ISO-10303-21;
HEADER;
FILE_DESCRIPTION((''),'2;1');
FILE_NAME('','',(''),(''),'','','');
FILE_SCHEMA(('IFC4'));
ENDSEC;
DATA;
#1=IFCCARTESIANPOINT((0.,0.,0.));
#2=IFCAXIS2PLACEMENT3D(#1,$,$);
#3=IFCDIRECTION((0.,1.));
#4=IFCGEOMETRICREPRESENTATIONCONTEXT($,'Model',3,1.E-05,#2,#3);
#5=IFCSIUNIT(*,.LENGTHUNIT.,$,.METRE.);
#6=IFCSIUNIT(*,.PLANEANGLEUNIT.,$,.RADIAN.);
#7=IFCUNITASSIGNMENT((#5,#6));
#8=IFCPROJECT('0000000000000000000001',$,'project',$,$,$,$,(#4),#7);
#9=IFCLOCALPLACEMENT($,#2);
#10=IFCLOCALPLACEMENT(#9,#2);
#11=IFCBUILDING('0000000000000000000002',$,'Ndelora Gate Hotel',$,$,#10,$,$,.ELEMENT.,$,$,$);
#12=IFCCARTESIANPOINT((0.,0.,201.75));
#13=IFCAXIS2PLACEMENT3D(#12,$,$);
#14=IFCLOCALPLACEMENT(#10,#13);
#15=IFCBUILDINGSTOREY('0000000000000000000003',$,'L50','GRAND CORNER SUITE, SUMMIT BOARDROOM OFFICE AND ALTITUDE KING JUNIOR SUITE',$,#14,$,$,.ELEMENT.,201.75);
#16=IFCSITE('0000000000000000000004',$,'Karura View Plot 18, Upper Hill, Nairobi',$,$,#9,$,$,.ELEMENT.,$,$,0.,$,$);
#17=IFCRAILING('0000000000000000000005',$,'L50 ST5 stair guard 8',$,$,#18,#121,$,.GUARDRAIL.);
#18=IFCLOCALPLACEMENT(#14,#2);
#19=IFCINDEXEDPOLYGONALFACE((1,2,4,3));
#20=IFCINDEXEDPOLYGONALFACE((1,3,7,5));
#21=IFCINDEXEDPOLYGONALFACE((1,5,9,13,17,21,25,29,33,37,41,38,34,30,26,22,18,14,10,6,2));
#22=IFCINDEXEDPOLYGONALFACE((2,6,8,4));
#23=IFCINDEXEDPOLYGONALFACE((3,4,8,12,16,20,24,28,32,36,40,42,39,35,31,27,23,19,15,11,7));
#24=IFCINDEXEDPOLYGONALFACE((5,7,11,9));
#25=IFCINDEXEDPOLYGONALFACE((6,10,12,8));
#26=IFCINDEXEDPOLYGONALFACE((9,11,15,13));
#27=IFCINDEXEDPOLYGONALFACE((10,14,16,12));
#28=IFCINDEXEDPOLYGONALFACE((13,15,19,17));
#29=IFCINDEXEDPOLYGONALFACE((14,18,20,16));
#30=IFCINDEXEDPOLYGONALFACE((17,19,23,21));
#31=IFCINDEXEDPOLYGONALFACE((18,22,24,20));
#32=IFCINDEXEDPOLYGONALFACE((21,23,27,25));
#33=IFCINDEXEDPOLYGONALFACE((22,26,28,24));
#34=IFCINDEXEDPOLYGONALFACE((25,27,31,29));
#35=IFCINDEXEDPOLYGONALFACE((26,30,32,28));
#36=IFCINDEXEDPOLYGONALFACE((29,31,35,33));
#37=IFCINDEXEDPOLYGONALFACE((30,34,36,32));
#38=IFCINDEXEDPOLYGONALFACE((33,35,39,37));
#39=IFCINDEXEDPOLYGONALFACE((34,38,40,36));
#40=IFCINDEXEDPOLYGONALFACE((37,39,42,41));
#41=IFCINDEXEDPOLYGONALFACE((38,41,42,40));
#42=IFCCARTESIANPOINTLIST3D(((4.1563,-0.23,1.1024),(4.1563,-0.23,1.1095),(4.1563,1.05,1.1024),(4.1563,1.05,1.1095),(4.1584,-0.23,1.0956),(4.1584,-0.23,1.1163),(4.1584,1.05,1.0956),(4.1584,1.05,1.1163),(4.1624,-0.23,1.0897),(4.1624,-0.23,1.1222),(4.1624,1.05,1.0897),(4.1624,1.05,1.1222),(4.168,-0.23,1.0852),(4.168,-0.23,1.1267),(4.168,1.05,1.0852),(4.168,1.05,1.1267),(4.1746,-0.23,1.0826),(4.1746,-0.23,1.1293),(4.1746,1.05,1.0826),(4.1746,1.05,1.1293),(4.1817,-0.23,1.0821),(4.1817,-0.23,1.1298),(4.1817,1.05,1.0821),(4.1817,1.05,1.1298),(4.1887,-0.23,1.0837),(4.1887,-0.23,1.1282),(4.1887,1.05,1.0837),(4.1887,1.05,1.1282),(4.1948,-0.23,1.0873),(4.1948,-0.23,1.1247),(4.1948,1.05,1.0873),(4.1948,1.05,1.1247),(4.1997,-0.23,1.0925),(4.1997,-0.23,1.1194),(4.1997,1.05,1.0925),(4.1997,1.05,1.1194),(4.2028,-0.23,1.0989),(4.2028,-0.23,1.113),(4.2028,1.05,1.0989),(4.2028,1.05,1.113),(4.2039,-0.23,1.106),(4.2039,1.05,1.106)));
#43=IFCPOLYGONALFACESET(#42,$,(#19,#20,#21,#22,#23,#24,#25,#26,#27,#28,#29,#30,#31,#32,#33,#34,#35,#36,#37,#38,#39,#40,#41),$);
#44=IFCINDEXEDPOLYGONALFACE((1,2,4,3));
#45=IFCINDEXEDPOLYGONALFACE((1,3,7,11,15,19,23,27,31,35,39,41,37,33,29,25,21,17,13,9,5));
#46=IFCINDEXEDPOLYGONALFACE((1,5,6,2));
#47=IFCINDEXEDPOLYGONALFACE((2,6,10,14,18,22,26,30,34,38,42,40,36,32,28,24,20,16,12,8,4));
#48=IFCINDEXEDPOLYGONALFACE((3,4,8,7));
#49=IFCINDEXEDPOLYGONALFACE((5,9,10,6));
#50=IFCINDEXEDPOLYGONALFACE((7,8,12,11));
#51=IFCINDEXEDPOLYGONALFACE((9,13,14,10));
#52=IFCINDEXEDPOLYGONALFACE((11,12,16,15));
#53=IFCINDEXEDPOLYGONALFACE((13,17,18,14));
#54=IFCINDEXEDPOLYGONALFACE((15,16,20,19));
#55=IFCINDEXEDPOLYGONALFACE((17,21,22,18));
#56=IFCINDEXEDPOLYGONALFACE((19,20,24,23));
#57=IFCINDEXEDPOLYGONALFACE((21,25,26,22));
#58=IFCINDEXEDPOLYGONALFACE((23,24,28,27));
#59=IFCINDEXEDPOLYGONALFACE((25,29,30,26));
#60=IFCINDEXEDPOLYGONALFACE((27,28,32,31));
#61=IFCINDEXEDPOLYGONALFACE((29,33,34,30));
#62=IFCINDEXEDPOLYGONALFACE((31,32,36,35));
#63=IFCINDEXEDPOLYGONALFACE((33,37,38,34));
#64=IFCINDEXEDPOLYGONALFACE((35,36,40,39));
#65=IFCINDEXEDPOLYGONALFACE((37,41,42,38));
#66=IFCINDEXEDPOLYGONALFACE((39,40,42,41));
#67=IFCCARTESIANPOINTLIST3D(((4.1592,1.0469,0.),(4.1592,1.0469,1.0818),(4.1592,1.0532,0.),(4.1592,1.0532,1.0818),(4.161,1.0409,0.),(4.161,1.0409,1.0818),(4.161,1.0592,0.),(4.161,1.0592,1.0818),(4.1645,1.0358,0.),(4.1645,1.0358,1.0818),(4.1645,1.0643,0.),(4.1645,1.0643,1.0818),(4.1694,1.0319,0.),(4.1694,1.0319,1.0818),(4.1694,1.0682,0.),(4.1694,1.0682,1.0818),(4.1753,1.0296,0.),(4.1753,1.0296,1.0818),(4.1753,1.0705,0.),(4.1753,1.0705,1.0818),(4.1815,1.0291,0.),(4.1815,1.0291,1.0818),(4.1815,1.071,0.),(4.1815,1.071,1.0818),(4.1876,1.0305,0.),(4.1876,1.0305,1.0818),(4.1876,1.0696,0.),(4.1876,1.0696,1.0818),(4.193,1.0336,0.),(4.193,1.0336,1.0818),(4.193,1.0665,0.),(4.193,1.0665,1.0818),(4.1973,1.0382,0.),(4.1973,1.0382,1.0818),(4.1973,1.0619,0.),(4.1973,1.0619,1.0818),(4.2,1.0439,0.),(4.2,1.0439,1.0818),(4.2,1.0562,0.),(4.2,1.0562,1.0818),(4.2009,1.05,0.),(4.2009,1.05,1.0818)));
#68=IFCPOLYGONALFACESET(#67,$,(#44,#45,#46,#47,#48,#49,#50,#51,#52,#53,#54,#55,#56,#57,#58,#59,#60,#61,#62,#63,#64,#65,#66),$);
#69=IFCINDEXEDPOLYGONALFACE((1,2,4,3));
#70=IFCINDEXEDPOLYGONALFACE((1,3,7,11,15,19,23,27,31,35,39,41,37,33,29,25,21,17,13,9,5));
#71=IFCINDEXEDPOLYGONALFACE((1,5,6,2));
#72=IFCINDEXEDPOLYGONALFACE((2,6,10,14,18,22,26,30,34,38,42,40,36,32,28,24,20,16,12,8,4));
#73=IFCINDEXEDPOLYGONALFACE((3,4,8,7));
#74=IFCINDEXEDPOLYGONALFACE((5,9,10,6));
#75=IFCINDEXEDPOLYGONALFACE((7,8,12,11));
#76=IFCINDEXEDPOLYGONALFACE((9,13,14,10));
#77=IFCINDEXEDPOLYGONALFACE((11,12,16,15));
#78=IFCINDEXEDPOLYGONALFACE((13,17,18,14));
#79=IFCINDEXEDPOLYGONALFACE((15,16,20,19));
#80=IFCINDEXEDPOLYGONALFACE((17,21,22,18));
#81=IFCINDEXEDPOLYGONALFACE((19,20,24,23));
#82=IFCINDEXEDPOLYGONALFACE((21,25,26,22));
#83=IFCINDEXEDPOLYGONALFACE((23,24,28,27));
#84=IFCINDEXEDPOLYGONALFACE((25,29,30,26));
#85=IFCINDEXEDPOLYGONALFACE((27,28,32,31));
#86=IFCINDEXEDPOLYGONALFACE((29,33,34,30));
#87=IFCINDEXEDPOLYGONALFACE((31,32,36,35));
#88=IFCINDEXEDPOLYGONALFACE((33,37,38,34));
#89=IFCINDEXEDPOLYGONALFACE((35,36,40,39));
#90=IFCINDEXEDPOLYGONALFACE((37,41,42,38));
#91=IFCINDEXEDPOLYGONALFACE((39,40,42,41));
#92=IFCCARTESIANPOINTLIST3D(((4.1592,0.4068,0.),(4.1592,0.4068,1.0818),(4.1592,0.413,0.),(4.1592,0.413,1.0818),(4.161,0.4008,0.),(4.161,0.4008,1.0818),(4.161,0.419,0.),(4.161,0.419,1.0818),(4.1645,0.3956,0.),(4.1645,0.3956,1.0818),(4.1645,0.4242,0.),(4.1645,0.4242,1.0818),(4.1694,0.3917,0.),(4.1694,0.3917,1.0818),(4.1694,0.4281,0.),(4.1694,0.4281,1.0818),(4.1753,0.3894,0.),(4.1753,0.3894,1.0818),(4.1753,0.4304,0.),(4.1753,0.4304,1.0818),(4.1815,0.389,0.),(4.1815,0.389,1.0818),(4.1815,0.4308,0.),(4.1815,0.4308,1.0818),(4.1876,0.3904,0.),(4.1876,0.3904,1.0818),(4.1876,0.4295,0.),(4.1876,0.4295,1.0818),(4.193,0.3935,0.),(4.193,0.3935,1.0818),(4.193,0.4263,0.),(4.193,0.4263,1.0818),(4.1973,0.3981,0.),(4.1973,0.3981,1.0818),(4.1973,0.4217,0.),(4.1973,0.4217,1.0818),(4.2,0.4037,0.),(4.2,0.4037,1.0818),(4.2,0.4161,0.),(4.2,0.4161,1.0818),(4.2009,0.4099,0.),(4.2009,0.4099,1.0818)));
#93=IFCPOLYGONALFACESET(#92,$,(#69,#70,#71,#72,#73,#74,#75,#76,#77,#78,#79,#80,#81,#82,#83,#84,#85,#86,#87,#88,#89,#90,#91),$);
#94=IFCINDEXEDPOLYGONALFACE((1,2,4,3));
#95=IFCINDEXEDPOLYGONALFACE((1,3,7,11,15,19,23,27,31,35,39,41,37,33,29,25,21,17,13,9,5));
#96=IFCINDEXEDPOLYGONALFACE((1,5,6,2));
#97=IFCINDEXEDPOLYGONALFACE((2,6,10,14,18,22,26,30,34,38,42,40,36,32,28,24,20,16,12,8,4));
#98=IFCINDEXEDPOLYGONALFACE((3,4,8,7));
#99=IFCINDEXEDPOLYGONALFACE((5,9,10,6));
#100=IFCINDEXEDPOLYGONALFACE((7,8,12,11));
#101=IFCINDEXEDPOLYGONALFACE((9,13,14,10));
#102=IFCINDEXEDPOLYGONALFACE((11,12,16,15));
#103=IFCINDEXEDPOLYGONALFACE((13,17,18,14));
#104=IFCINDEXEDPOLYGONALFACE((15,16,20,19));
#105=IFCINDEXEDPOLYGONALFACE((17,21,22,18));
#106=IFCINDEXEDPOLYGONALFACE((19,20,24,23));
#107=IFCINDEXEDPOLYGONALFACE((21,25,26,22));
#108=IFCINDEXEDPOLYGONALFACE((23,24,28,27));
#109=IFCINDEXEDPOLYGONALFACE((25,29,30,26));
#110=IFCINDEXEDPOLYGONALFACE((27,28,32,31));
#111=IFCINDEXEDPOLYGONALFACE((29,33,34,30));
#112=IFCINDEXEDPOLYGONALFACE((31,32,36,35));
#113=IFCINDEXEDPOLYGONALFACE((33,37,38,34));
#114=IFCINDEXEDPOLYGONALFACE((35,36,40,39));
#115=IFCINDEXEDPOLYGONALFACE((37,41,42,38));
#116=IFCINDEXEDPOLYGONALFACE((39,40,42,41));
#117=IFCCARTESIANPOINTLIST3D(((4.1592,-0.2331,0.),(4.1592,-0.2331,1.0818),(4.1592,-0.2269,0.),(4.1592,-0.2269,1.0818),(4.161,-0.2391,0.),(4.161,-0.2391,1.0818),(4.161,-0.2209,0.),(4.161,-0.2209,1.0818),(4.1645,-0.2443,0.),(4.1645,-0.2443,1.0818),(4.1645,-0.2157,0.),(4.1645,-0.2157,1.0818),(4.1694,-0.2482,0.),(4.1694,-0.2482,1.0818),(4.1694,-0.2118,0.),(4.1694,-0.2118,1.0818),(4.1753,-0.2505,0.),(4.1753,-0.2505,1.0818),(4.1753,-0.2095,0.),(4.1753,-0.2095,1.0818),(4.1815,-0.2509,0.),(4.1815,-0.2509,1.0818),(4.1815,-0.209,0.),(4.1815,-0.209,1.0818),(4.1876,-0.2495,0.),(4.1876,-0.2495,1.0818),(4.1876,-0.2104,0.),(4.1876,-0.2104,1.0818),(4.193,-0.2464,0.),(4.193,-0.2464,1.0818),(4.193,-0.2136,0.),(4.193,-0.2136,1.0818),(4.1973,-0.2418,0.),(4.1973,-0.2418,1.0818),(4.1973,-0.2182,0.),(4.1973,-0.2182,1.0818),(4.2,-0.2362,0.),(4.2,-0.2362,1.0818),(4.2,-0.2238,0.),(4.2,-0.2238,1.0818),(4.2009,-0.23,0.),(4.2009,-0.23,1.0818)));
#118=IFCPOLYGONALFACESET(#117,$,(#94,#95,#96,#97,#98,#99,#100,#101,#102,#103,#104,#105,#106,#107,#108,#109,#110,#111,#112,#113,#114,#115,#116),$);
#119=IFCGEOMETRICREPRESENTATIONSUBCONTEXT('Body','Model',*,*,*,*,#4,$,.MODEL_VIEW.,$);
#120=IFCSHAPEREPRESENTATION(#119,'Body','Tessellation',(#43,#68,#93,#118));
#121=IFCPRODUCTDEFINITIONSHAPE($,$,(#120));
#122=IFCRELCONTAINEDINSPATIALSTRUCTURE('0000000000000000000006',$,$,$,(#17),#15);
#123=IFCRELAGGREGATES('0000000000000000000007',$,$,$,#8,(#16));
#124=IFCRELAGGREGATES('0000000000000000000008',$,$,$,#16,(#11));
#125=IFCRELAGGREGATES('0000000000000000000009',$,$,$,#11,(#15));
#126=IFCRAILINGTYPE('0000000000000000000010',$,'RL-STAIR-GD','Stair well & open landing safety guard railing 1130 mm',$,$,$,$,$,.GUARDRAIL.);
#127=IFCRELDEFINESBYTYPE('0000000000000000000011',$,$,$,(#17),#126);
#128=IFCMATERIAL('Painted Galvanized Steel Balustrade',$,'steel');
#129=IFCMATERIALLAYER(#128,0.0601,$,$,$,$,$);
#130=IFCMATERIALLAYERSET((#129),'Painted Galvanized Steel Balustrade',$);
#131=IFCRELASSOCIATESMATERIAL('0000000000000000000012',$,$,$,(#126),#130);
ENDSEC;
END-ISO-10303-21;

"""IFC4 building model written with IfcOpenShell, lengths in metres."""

from ifc_helpers import new_model, si_unit, direction, frame, origin, origin_2d, place, context, subcontext, project, spatial, circle, extrude, material, layer, layer_set, type_object, element, save


model = new_model("IFC4")

# Units and contexts
model_context = context("Model", 3, precision=1e-05, world=origin(), true_north=direction((0.0, 1.0)))
body_context = subcontext(model_context, "Body", "Model", "MODEL_VIEW")
ifc_project = project(units=[si_unit("LENGTHUNIT", "METRE"), si_unit("PLANEANGLEUNIT", "RADIAN")], contexts=[model_context])

# Site, building, storey
site_placement = place(None, origin())
site = spatial("IfcSite", under=ifc_project, at=site_placement, Name="Karura View Plot 18, Upper Hill, Nairobi", CompositionType="ELEMENT", RefElevation=0.0)
building_placement = place(site_placement, origin())
building = spatial("IfcBuilding", under=site, at=building_placement, Name="Ndelora Gate Hotel", CompositionType="ELEMENT")
storey_placement = place(building_placement, frame((0.0, 0.0, 201.75)))
storey = spatial("IfcBuildingStorey", under=building, at=storey_placement, Name="L50", Description="GRAND CORNER SUITE, SUMMIT BOARDROOM OFFICE AND ALTITUDE KING JUNIOR SUITE", CompositionType="ELEMENT", Elevation=201.75)

# Railing
ifc_material_1 = material(Name="Painted Galvanized Steel Balustrade", Category="steel")
ifc_layer_1 = layer(ifc_material_1, 0.0601)
ifc_layer_set_1 = layer_set([ifc_layer_1], Name="Painted Galvanized Steel Balustrade")
railing_type = type_object("IfcRailingType", Name="RL-STAIR-GD", Description="Stair well & open landing safety guard railing 1130 mm", PredefinedType="GUARDRAIL", material=ifc_layer_set_1)
for number, where, name in (
    (1, (4.1799, 1.05, 0.0), "L50 ST5 stair guard 8"),
):
    element("IfcRailing", number, at=place(storey_placement, frame(where)), inside=storey, type_object=railing_type, Name=name, PredefinedType="GUARDRAIL", context=body_context, shape_type="SweptSolid", body=[
        extrude(circle(Radius=0.0239, at=origin_2d()), frame((0.0, 0.0, 1.106), z_axis=(0.0, -1.0, 0.0), x_axis=(1.0, 0.0, 0.0)), (0.0, 0.0, 1.0), 1.28),
        extrude(circle(Radius=0.021, at=origin_2d()), origin(), (0.0, 0.0, 1.0), 1.0818),
        extrude(circle(Radius=0.021, at=origin_2d()), frame((0.0, -0.6401, 0.0)), (0.0, 0.0, 1.0), 1.0818),
        extrude(circle(Radius=0.021, at=origin_2d()), frame((0.0, -1.28, 0.0)), (0.0, 0.0, 1.0), 1.0818),
    ])

save(model, "model.ifc")
